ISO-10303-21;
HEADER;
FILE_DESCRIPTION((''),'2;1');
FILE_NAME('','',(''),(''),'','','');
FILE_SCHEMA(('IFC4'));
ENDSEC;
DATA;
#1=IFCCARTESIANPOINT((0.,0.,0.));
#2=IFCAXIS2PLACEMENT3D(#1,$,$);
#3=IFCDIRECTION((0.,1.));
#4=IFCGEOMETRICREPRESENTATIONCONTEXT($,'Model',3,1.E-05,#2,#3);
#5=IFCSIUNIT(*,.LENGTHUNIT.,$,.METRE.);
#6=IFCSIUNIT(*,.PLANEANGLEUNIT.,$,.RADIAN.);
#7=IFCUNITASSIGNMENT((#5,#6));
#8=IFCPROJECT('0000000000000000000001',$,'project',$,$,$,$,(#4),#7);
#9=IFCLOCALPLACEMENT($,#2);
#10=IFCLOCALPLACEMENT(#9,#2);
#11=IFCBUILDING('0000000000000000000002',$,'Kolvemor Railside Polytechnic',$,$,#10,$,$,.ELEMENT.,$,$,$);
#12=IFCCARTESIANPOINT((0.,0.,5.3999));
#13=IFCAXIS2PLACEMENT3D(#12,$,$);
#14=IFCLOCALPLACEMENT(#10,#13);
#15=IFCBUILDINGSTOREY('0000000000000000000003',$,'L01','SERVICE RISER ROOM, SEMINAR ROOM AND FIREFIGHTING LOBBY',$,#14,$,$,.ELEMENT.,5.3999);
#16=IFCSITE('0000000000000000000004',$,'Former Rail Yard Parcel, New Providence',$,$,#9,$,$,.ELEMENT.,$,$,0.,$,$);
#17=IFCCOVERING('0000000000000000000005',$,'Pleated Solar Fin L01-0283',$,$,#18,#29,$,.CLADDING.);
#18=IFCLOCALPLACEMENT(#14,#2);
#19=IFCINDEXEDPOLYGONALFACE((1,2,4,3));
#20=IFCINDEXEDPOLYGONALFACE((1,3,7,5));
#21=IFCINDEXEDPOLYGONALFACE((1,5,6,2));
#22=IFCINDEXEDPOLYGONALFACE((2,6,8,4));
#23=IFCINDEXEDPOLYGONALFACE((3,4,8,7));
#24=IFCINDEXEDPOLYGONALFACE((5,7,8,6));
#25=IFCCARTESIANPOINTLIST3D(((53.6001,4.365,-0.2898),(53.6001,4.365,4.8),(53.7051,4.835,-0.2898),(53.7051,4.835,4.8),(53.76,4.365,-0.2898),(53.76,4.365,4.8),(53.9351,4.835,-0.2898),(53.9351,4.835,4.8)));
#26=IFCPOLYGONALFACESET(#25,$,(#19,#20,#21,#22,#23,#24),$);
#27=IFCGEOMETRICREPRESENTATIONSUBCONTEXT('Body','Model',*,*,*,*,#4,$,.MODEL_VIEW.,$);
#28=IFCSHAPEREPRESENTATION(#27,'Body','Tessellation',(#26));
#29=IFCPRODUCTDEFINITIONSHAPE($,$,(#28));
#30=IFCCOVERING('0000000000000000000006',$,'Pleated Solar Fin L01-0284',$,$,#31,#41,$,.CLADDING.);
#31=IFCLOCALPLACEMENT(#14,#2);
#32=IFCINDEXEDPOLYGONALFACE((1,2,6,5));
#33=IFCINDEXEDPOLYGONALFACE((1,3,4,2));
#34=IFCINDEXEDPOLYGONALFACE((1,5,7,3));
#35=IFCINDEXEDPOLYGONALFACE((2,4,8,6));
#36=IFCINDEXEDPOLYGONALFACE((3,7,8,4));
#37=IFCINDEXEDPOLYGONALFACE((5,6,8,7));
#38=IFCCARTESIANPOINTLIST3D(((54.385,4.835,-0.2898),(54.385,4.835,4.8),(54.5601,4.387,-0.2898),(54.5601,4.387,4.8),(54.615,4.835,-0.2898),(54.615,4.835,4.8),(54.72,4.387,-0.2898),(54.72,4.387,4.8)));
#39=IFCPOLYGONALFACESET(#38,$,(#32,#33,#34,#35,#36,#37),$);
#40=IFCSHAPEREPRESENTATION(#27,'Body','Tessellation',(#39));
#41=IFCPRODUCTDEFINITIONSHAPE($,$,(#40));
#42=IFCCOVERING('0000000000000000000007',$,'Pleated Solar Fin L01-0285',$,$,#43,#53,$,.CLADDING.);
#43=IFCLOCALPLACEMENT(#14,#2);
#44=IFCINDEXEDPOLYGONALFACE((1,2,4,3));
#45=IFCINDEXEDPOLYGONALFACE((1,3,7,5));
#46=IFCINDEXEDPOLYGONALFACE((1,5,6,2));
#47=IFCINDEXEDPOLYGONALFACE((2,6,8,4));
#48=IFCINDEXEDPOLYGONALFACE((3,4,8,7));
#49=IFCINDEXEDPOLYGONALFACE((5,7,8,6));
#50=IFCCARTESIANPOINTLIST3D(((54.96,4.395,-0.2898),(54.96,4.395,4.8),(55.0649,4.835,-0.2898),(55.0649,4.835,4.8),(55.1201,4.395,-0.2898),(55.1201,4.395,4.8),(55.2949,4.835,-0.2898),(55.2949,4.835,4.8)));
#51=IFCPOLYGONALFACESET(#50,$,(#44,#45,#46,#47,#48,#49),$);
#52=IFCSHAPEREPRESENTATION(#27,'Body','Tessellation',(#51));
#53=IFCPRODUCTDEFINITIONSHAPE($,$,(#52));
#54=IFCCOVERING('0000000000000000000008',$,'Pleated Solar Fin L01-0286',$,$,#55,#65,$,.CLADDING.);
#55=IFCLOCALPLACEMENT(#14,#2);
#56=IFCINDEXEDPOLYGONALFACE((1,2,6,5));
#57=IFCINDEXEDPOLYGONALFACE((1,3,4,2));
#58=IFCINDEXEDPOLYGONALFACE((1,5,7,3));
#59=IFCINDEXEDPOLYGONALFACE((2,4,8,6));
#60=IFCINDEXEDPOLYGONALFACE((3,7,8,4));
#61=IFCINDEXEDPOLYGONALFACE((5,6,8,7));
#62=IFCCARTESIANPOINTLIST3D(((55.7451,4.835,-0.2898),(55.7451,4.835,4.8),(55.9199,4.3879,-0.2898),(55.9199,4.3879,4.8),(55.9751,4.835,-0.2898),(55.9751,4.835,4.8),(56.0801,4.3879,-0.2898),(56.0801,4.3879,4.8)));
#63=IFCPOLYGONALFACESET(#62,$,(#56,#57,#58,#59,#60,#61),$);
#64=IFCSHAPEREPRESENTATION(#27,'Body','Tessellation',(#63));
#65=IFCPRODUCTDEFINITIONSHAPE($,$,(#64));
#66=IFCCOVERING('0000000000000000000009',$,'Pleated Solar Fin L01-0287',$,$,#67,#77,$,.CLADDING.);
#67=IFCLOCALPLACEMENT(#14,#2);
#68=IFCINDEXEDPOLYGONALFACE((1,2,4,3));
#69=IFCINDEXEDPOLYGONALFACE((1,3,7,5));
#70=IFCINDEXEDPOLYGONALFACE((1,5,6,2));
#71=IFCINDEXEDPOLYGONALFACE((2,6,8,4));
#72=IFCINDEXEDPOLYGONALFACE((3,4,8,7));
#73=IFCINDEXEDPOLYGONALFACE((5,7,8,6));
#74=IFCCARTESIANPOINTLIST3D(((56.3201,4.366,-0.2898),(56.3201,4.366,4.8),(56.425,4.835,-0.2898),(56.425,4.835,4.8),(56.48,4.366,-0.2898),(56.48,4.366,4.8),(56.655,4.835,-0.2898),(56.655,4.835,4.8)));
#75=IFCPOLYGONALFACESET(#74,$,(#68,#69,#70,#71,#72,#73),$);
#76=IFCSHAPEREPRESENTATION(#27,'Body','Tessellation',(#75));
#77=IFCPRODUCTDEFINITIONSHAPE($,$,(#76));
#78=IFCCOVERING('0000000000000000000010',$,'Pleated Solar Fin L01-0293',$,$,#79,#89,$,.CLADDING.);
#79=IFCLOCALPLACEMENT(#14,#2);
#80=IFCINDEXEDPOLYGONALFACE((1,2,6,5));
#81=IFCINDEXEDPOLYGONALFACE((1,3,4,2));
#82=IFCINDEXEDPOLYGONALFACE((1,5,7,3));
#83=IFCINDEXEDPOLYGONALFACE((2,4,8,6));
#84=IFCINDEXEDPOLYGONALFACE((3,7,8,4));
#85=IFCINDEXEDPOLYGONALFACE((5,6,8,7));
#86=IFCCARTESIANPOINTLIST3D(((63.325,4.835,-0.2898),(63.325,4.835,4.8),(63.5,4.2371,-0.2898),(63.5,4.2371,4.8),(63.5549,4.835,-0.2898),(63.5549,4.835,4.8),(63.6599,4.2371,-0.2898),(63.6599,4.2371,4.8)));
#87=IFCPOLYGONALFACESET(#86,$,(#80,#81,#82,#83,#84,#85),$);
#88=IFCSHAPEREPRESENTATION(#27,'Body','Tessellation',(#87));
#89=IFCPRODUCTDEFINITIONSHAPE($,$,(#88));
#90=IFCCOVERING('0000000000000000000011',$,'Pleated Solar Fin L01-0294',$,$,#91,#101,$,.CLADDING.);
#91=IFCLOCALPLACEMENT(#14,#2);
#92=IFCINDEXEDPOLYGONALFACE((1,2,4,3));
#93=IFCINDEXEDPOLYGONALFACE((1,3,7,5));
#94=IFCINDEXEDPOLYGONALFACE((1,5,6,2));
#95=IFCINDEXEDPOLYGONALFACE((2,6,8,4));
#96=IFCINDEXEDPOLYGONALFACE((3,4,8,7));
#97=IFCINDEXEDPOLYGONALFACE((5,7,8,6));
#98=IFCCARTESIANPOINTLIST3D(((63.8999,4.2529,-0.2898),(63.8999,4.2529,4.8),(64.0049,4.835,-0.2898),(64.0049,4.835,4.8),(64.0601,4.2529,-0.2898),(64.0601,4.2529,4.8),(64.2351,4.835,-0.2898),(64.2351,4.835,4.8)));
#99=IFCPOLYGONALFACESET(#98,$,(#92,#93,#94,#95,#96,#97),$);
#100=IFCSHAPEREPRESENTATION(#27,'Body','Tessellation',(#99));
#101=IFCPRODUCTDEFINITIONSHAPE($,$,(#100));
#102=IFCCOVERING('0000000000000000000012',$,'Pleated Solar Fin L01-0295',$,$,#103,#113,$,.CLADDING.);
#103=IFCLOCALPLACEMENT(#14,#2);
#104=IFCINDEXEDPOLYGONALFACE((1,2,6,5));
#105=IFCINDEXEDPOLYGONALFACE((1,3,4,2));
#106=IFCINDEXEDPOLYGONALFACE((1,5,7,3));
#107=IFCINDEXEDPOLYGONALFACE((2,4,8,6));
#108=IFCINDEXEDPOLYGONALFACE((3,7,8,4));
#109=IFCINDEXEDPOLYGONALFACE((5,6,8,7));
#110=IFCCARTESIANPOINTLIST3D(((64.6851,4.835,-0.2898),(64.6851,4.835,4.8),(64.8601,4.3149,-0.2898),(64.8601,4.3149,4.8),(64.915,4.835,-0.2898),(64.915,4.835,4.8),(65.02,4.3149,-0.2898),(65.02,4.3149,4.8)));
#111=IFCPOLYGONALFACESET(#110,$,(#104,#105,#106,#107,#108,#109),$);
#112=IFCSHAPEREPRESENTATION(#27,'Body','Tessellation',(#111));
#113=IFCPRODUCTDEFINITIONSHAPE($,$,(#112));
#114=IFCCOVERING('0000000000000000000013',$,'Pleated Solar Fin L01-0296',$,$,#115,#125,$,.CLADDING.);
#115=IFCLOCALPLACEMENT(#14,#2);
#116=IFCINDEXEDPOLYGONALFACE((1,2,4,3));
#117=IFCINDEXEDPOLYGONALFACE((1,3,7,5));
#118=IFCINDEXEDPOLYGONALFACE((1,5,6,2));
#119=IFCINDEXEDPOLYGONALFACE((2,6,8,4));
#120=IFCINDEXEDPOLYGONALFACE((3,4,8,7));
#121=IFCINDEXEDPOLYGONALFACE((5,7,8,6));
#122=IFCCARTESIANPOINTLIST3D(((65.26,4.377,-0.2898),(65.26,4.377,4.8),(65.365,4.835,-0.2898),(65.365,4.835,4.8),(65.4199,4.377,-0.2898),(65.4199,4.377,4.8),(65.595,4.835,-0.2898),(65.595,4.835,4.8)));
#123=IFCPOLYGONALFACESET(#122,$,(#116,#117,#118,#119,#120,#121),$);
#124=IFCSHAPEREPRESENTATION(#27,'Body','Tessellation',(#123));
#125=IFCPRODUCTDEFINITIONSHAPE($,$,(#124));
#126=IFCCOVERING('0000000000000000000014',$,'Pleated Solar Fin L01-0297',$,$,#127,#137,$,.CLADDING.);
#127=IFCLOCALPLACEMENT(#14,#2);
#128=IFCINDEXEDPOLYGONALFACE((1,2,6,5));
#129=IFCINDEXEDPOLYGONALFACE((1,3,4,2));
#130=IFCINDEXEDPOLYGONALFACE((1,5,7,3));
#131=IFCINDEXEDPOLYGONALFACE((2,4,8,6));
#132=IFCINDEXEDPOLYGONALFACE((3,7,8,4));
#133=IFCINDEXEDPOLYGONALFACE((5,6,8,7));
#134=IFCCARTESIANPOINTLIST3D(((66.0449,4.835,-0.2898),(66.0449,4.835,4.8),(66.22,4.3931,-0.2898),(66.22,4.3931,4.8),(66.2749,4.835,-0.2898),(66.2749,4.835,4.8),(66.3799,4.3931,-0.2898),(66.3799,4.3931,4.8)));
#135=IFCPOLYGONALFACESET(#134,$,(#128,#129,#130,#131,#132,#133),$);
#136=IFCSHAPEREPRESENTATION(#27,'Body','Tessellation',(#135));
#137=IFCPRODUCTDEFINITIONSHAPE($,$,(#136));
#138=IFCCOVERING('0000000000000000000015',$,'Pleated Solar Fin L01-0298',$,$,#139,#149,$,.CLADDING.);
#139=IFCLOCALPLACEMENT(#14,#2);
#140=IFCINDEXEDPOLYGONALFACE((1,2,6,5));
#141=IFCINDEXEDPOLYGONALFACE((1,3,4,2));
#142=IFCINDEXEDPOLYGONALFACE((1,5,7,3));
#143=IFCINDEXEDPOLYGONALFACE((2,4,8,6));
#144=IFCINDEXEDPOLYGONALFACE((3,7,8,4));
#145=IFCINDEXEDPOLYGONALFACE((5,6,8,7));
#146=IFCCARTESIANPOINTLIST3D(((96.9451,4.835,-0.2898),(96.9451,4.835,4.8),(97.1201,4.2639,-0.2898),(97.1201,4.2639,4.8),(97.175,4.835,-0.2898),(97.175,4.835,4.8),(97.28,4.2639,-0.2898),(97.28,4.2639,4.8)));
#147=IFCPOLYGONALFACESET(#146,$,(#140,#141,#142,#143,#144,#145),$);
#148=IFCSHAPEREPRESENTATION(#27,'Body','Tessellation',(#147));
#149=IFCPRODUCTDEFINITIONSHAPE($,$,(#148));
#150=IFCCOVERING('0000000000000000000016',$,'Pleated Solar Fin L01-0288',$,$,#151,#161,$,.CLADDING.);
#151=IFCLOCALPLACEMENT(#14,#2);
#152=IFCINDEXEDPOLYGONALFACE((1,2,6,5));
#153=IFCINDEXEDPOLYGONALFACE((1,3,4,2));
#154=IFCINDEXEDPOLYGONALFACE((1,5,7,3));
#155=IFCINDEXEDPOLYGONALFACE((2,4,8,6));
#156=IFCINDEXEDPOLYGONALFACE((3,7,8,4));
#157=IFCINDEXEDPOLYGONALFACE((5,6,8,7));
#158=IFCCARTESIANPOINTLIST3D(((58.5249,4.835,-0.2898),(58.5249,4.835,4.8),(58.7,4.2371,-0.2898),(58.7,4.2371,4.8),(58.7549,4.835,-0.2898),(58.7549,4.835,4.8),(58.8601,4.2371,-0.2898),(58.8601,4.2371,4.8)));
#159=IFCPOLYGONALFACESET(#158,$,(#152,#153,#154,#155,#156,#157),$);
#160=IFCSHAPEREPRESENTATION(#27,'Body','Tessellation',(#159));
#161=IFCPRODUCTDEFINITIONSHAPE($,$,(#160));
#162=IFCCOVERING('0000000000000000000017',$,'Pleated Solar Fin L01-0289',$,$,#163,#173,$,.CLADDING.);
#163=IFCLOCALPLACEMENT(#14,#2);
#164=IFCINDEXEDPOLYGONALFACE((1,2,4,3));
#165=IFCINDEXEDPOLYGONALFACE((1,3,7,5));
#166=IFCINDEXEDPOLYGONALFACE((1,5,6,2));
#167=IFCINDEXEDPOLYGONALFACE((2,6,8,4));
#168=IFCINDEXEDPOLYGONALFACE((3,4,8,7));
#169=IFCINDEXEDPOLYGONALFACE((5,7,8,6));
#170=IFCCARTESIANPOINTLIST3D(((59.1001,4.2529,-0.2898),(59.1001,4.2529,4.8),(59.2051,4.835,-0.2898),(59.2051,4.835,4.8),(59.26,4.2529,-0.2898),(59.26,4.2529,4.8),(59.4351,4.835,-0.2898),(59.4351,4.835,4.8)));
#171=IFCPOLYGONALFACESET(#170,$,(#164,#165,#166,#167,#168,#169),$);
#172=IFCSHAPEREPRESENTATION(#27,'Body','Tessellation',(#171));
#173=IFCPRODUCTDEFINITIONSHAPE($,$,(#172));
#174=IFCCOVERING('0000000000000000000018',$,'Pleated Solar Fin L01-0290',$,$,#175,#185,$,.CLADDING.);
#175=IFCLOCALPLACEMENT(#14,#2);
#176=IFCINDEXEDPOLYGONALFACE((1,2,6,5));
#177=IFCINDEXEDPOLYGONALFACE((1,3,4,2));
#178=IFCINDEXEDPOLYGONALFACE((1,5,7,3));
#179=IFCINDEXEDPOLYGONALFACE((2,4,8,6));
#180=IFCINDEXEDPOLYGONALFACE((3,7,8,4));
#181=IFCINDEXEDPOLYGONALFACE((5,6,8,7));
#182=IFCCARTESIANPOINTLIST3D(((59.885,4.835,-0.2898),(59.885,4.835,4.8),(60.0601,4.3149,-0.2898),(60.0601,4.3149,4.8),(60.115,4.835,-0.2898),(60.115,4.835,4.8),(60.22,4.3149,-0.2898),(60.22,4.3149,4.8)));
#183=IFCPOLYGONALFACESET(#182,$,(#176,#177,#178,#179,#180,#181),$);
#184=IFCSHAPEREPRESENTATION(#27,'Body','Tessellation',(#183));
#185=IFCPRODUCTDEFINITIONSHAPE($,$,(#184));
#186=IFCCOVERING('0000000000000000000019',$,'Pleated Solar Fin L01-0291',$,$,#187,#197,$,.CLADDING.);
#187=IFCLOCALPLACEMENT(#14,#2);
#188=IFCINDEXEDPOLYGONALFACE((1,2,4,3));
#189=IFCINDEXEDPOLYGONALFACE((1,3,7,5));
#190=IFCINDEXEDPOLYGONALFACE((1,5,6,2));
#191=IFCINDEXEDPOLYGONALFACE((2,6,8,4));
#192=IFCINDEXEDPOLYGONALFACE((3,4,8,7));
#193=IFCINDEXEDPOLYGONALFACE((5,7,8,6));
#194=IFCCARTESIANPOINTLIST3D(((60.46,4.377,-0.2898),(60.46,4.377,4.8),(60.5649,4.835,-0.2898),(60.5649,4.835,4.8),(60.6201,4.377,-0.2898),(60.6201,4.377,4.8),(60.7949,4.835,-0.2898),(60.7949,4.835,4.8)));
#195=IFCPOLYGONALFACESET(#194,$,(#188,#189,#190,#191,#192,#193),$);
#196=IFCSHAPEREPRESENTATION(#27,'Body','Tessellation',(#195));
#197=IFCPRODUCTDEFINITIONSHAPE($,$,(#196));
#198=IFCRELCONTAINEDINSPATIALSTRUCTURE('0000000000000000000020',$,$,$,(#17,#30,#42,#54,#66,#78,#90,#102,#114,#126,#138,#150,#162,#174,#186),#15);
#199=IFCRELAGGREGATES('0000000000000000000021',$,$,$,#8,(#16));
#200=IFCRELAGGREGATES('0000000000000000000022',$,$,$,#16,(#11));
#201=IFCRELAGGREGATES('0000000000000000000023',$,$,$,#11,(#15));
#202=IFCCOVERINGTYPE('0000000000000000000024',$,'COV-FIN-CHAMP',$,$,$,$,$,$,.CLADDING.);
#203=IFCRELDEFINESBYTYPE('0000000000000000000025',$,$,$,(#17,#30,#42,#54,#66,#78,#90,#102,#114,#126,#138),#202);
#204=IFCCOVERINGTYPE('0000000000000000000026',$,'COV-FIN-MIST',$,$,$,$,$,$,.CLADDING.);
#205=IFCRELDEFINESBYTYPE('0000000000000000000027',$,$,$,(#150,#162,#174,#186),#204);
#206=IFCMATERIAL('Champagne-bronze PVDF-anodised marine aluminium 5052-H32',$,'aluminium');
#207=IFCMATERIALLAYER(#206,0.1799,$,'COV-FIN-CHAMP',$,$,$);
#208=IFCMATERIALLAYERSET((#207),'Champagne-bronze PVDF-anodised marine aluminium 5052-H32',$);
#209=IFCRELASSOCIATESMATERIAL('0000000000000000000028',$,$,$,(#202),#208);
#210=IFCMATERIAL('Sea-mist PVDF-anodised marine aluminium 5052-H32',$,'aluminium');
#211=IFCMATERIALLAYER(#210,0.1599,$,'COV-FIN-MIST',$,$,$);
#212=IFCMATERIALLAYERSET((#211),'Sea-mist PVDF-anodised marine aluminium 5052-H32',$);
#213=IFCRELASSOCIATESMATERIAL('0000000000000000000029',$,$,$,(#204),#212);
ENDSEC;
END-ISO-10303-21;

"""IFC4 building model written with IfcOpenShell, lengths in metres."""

from ifc_helpers import new_model, si_unit, direction, frame, origin, place, context, subcontext, project, spatial, polyline, outline, extrude, material, layer, layer_set, type_object, element, save


model = new_model("IFC4")

# Units and contexts
model_context = context("Model", 3, precision=1e-05, world=origin(), true_north=direction((0.0, 1.0)))
body_context = subcontext(model_context, "Body", "Model", "MODEL_VIEW")
ifc_project = project(units=[si_unit("LENGTHUNIT", "METRE"), si_unit("PLANEANGLEUNIT", "RADIAN")], contexts=[model_context])

# Site, building, storey
site_placement = place(None, origin())
site = spatial("IfcSite", under=ifc_project, at=site_placement, Name="Former Rail Yard Parcel, New Providence", CompositionType="ELEMENT", RefElevation=0.0)
building_placement = place(site_placement, origin())
building = spatial("IfcBuilding", under=site, at=building_placement, Name="Kolvemor Railside Polytechnic", CompositionType="ELEMENT")
storey_placement = place(building_placement, frame((0.0, 0.0, 5.3999)))
storey = spatial("IfcBuildingStorey", under=building, at=storey_placement, Name="L01", Description="SERVICE RISER ROOM, SEMINAR ROOM AND FIREFIGHTING LOBBY", CompositionType="ELEMENT", Elevation=5.3999)

# Coverings
ifc_material_1 = material(Name="Champagne-bronze PVDF-anodised marine aluminium 5052-H32", Category="aluminium")
ifc_layer_1 = layer(ifc_material_1, 0.1799, Name="COV-FIN-CHAMP")
ifc_layer_set_1 = layer_set([ifc_layer_1], Name="Champagne-bronze PVDF-anodised marine aluminium 5052-H32")
covering_type_1 = type_object("IfcCoveringType", Name="COV-FIN-CHAMP", PredefinedType="CLADDING", material=ifc_layer_set_1)
covering_1_placement = place(storey_placement, frame((0.0, 0.0, -0.2898)))
element("IfcCovering", 1, at=covering_1_placement, inside=storey, type_object=covering_type_1, Name="Pleated Solar Fin L01-0283", PredefinedType="CLADDING", context=body_context, shape_type="SweptSolid", body=[
    extrude(outline(polyline([(53.7051, 4.835), (53.9351, 4.835), (53.76, 4.365), (53.6001, 4.365), (53.7051, 4.835)])), origin(), (0.0, 0.0, 1.0), 5.0898),
])
covering_2_placement = place(storey_placement, frame((0.0, 0.0, -0.2898)))
element("IfcCovering", 2, at=covering_2_placement, inside=storey, type_object=covering_type_1, Name="Pleated Solar Fin L01-0284", PredefinedType="CLADDING", context=body_context, shape_type="SweptSolid", body=[
    extrude(outline(polyline([(54.385, 4.835), (54.615, 4.835), (54.72, 4.387), (54.5601, 4.387), (54.385, 4.835)])), origin(), (0.0, 0.0, 1.0), 5.0898),
])
covering_3_placement = place(storey_placement, frame((0.0, 0.0, -0.2898)))
element("IfcCovering", 3, at=covering_3_placement, inside=storey, type_object=covering_type_1, Name="Pleated Solar Fin L01-0285", PredefinedType="CLADDING", context=body_context, shape_type="SweptSolid", body=[
    extrude(outline(polyline([(55.0649, 4.835), (55.2949, 4.835), (55.1201, 4.395), (54.96, 4.395), (55.0649, 4.835)])), origin(), (0.0, 0.0, 1.0), 5.0898),
])
covering_4_placement = place(storey_placement, frame((0.0, 0.0, -0.2898)))
element("IfcCovering", 4, at=covering_4_placement, inside=storey, type_object=covering_type_1, Name="Pleated Solar Fin L01-0286", PredefinedType="CLADDING", context=body_context, shape_type="SweptSolid", body=[
    extrude(outline(polyline([(55.7451, 4.835), (55.9751, 4.835), (56.0801, 4.3879), (55.9199, 4.3879), (55.7451, 4.835)])), origin(), (0.0, 0.0, 1.0), 5.0898),
])
covering_5_placement = place(storey_placement, frame((0.0, 0.0, -0.2898)))
element("IfcCovering", 5, at=covering_5_placement, inside=storey, type_object=covering_type_1, Name="Pleated Solar Fin L01-0287", PredefinedType="CLADDING", context=body_context, shape_type="SweptSolid", body=[
    extrude(outline(polyline([(56.425, 4.835), (56.655, 4.835), (56.48, 4.366), (56.3201, 4.366), (56.425, 4.835)])), origin(), (0.0, 0.0, 1.0), 5.0898),
])
covering_6_placement = place(storey_placement, frame((0.0, 0.0, -0.2898)))
element("IfcCovering", 6, at=covering_6_placement, inside=storey, type_object=covering_type_1, Name="Pleated Solar Fin L01-0293", PredefinedType="CLADDING", context=body_context, shape_type="SweptSolid", body=[
    extrude(outline(polyline([(63.325, 4.835), (63.5549, 4.835), (63.6599, 4.2371), (63.5, 4.2371), (63.325, 4.835)])), origin(), (0.0, 0.0, 1.0), 5.0898),
])
covering_7_placement = place(storey_placement, frame((0.0, 0.0, -0.2898)))
element("IfcCovering", 7, at=covering_7_placement, inside=storey, type_object=covering_type_1, Name="Pleated Solar Fin L01-0294", PredefinedType="CLADDING", context=body_context, shape_type="SweptSolid", body=[
    extrude(outline(polyline([(64.0049, 4.835), (64.2351, 4.835), (64.0601, 4.2529), (63.8999, 4.2529), (64.0049, 4.835)])), origin(), (0.0, 0.0, 1.0), 5.0898),
])
covering_8_placement = place(storey_placement, frame((0.0, 0.0, -0.2898)))
element("IfcCovering", 8, at=covering_8_placement, inside=storey, type_object=covering_type_1, Name="Pleated Solar Fin L01-0295", PredefinedType="CLADDING", context=body_context, shape_type="SweptSolid", body=[
    extrude(outline(polyline([(64.6851, 4.835), (64.915, 4.835), (65.02, 4.3149), (64.8601, 4.3149), (64.6851, 4.835)])), origin(), (0.0, 0.0, 1.0), 5.0898),
])
covering_9_placement = place(storey_placement, frame((0.0, 0.0, -0.2898)))
element("IfcCovering", 9, at=covering_9_placement, inside=storey, type_object=covering_type_1, Name="Pleated Solar Fin L01-0296", PredefinedType="CLADDING", context=body_context, shape_type="SweptSolid", body=[
    extrude(outline(polyline([(65.365, 4.835), (65.595, 4.835), (65.4199, 4.377), (65.26, 4.377), (65.365, 4.835)])), origin(), (0.0, 0.0, 1.0), 5.0898),
])
covering_10_placement = place(storey_placement, frame((0.0, 0.0, -0.2898)))
element("IfcCovering", 10, at=covering_10_placement, inside=storey, type_object=covering_type_1, Name="Pleated Solar Fin L01-0297", PredefinedType="CLADDING", context=body_context, shape_type="SweptSolid", body=[
    extrude(outline(polyline([(66.0449, 4.835), (66.2749, 4.835), (66.3799, 4.3931), (66.22, 4.3931), (66.0449, 4.835)])), origin(), (0.0, 0.0, 1.0), 5.0898),
])
covering_11_placement = place(storey_placement, frame((0.0, 0.0, -0.2898)))
element("IfcCovering", 11, at=covering_11_placement, inside=storey, type_object=covering_type_1, Name="Pleated Solar Fin L01-0298", PredefinedType="CLADDING", context=body_context, shape_type="SweptSolid", body=[
    extrude(outline(polyline([(96.9451, 4.835), (97.175, 4.835), (97.28, 4.2639), (97.1201, 4.2639), (96.9451, 4.835)])), origin(), (0.0, 0.0, 1.0), 5.0898),
])
ifc_material_2 = material(Name="Sea-mist PVDF-anodised marine aluminium 5052-H32", Category="aluminium")
ifc_layer_2 = layer(ifc_material_2, 0.1599, Name="COV-FIN-MIST")
ifc_layer_set_2 = layer_set([ifc_layer_2], Name="Sea-mist PVDF-anodised marine aluminium 5052-H32")
covering_type_2 = type_object("IfcCoveringType", Name="COV-FIN-MIST", PredefinedType="CLADDING", material=ifc_layer_set_2)
covering_12_placement = place(storey_placement, frame((0.0, 0.0, -0.2898)))
element("IfcCovering", 12, at=covering_12_placement, inside=storey, type_object=covering_type_2, Name="Pleated Solar Fin L01-0288", PredefinedType="CLADDING", context=body_context, shape_type="SweptSolid", body=[
    extrude(outline(polyline([(58.5249, 4.835), (58.7549, 4.835), (58.8601, 4.2371), (58.7, 4.2371), (58.5249, 4.835)])), origin(), (0.0, 0.0, 1.0), 5.0898),
])
covering_13_placement = place(storey_placement, frame((0.0, 0.0, -0.2898)))
element("IfcCovering", 13, at=covering_13_placement, inside=storey, type_object=covering_type_2, Name="Pleated Solar Fin L01-0289", PredefinedType="CLADDING", context=body_context, shape_type="SweptSolid", body=[
    extrude(outline(polyline([(59.2051, 4.835), (59.4351, 4.835), (59.26, 4.2529), (59.1001, 4.2529), (59.2051, 4.835)])), origin(), (0.0, 0.0, 1.0), 5.0898),
])
covering_14_placement = place(storey_placement, frame((0.0, 0.0, -0.2898)))
element("IfcCovering", 14, at=covering_14_placement, inside=storey, type_object=covering_type_2, Name="Pleated Solar Fin L01-0290", PredefinedType="CLADDING", context=body_context, shape_type="SweptSolid", body=[
    extrude(outline(polyline([(59.885, 4.835), (60.115, 4.835), (60.22, 4.3149), (60.0601, 4.3149), (59.885, 4.835)])), origin(), (0.0, 0.0, 1.0), 5.0898),
])
covering_15_placement = place(storey_placement, frame((0.0, 0.0, -0.2898)))
element("IfcCovering", 15, at=covering_15_placement, inside=storey, type_object=covering_type_2, Name="Pleated Solar Fin L01-0291", PredefinedType="CLADDING", context=body_context, shape_type="SweptSolid", body=[
    extrude(outline(polyline([(60.5649, 4.835), (60.7949, 4.835), (60.6201, 4.377), (60.46, 4.377), (60.5649, 4.835)])), origin(), (0.0, 0.0, 1.0), 5.0898),
])

save(model, "model.ifc")
